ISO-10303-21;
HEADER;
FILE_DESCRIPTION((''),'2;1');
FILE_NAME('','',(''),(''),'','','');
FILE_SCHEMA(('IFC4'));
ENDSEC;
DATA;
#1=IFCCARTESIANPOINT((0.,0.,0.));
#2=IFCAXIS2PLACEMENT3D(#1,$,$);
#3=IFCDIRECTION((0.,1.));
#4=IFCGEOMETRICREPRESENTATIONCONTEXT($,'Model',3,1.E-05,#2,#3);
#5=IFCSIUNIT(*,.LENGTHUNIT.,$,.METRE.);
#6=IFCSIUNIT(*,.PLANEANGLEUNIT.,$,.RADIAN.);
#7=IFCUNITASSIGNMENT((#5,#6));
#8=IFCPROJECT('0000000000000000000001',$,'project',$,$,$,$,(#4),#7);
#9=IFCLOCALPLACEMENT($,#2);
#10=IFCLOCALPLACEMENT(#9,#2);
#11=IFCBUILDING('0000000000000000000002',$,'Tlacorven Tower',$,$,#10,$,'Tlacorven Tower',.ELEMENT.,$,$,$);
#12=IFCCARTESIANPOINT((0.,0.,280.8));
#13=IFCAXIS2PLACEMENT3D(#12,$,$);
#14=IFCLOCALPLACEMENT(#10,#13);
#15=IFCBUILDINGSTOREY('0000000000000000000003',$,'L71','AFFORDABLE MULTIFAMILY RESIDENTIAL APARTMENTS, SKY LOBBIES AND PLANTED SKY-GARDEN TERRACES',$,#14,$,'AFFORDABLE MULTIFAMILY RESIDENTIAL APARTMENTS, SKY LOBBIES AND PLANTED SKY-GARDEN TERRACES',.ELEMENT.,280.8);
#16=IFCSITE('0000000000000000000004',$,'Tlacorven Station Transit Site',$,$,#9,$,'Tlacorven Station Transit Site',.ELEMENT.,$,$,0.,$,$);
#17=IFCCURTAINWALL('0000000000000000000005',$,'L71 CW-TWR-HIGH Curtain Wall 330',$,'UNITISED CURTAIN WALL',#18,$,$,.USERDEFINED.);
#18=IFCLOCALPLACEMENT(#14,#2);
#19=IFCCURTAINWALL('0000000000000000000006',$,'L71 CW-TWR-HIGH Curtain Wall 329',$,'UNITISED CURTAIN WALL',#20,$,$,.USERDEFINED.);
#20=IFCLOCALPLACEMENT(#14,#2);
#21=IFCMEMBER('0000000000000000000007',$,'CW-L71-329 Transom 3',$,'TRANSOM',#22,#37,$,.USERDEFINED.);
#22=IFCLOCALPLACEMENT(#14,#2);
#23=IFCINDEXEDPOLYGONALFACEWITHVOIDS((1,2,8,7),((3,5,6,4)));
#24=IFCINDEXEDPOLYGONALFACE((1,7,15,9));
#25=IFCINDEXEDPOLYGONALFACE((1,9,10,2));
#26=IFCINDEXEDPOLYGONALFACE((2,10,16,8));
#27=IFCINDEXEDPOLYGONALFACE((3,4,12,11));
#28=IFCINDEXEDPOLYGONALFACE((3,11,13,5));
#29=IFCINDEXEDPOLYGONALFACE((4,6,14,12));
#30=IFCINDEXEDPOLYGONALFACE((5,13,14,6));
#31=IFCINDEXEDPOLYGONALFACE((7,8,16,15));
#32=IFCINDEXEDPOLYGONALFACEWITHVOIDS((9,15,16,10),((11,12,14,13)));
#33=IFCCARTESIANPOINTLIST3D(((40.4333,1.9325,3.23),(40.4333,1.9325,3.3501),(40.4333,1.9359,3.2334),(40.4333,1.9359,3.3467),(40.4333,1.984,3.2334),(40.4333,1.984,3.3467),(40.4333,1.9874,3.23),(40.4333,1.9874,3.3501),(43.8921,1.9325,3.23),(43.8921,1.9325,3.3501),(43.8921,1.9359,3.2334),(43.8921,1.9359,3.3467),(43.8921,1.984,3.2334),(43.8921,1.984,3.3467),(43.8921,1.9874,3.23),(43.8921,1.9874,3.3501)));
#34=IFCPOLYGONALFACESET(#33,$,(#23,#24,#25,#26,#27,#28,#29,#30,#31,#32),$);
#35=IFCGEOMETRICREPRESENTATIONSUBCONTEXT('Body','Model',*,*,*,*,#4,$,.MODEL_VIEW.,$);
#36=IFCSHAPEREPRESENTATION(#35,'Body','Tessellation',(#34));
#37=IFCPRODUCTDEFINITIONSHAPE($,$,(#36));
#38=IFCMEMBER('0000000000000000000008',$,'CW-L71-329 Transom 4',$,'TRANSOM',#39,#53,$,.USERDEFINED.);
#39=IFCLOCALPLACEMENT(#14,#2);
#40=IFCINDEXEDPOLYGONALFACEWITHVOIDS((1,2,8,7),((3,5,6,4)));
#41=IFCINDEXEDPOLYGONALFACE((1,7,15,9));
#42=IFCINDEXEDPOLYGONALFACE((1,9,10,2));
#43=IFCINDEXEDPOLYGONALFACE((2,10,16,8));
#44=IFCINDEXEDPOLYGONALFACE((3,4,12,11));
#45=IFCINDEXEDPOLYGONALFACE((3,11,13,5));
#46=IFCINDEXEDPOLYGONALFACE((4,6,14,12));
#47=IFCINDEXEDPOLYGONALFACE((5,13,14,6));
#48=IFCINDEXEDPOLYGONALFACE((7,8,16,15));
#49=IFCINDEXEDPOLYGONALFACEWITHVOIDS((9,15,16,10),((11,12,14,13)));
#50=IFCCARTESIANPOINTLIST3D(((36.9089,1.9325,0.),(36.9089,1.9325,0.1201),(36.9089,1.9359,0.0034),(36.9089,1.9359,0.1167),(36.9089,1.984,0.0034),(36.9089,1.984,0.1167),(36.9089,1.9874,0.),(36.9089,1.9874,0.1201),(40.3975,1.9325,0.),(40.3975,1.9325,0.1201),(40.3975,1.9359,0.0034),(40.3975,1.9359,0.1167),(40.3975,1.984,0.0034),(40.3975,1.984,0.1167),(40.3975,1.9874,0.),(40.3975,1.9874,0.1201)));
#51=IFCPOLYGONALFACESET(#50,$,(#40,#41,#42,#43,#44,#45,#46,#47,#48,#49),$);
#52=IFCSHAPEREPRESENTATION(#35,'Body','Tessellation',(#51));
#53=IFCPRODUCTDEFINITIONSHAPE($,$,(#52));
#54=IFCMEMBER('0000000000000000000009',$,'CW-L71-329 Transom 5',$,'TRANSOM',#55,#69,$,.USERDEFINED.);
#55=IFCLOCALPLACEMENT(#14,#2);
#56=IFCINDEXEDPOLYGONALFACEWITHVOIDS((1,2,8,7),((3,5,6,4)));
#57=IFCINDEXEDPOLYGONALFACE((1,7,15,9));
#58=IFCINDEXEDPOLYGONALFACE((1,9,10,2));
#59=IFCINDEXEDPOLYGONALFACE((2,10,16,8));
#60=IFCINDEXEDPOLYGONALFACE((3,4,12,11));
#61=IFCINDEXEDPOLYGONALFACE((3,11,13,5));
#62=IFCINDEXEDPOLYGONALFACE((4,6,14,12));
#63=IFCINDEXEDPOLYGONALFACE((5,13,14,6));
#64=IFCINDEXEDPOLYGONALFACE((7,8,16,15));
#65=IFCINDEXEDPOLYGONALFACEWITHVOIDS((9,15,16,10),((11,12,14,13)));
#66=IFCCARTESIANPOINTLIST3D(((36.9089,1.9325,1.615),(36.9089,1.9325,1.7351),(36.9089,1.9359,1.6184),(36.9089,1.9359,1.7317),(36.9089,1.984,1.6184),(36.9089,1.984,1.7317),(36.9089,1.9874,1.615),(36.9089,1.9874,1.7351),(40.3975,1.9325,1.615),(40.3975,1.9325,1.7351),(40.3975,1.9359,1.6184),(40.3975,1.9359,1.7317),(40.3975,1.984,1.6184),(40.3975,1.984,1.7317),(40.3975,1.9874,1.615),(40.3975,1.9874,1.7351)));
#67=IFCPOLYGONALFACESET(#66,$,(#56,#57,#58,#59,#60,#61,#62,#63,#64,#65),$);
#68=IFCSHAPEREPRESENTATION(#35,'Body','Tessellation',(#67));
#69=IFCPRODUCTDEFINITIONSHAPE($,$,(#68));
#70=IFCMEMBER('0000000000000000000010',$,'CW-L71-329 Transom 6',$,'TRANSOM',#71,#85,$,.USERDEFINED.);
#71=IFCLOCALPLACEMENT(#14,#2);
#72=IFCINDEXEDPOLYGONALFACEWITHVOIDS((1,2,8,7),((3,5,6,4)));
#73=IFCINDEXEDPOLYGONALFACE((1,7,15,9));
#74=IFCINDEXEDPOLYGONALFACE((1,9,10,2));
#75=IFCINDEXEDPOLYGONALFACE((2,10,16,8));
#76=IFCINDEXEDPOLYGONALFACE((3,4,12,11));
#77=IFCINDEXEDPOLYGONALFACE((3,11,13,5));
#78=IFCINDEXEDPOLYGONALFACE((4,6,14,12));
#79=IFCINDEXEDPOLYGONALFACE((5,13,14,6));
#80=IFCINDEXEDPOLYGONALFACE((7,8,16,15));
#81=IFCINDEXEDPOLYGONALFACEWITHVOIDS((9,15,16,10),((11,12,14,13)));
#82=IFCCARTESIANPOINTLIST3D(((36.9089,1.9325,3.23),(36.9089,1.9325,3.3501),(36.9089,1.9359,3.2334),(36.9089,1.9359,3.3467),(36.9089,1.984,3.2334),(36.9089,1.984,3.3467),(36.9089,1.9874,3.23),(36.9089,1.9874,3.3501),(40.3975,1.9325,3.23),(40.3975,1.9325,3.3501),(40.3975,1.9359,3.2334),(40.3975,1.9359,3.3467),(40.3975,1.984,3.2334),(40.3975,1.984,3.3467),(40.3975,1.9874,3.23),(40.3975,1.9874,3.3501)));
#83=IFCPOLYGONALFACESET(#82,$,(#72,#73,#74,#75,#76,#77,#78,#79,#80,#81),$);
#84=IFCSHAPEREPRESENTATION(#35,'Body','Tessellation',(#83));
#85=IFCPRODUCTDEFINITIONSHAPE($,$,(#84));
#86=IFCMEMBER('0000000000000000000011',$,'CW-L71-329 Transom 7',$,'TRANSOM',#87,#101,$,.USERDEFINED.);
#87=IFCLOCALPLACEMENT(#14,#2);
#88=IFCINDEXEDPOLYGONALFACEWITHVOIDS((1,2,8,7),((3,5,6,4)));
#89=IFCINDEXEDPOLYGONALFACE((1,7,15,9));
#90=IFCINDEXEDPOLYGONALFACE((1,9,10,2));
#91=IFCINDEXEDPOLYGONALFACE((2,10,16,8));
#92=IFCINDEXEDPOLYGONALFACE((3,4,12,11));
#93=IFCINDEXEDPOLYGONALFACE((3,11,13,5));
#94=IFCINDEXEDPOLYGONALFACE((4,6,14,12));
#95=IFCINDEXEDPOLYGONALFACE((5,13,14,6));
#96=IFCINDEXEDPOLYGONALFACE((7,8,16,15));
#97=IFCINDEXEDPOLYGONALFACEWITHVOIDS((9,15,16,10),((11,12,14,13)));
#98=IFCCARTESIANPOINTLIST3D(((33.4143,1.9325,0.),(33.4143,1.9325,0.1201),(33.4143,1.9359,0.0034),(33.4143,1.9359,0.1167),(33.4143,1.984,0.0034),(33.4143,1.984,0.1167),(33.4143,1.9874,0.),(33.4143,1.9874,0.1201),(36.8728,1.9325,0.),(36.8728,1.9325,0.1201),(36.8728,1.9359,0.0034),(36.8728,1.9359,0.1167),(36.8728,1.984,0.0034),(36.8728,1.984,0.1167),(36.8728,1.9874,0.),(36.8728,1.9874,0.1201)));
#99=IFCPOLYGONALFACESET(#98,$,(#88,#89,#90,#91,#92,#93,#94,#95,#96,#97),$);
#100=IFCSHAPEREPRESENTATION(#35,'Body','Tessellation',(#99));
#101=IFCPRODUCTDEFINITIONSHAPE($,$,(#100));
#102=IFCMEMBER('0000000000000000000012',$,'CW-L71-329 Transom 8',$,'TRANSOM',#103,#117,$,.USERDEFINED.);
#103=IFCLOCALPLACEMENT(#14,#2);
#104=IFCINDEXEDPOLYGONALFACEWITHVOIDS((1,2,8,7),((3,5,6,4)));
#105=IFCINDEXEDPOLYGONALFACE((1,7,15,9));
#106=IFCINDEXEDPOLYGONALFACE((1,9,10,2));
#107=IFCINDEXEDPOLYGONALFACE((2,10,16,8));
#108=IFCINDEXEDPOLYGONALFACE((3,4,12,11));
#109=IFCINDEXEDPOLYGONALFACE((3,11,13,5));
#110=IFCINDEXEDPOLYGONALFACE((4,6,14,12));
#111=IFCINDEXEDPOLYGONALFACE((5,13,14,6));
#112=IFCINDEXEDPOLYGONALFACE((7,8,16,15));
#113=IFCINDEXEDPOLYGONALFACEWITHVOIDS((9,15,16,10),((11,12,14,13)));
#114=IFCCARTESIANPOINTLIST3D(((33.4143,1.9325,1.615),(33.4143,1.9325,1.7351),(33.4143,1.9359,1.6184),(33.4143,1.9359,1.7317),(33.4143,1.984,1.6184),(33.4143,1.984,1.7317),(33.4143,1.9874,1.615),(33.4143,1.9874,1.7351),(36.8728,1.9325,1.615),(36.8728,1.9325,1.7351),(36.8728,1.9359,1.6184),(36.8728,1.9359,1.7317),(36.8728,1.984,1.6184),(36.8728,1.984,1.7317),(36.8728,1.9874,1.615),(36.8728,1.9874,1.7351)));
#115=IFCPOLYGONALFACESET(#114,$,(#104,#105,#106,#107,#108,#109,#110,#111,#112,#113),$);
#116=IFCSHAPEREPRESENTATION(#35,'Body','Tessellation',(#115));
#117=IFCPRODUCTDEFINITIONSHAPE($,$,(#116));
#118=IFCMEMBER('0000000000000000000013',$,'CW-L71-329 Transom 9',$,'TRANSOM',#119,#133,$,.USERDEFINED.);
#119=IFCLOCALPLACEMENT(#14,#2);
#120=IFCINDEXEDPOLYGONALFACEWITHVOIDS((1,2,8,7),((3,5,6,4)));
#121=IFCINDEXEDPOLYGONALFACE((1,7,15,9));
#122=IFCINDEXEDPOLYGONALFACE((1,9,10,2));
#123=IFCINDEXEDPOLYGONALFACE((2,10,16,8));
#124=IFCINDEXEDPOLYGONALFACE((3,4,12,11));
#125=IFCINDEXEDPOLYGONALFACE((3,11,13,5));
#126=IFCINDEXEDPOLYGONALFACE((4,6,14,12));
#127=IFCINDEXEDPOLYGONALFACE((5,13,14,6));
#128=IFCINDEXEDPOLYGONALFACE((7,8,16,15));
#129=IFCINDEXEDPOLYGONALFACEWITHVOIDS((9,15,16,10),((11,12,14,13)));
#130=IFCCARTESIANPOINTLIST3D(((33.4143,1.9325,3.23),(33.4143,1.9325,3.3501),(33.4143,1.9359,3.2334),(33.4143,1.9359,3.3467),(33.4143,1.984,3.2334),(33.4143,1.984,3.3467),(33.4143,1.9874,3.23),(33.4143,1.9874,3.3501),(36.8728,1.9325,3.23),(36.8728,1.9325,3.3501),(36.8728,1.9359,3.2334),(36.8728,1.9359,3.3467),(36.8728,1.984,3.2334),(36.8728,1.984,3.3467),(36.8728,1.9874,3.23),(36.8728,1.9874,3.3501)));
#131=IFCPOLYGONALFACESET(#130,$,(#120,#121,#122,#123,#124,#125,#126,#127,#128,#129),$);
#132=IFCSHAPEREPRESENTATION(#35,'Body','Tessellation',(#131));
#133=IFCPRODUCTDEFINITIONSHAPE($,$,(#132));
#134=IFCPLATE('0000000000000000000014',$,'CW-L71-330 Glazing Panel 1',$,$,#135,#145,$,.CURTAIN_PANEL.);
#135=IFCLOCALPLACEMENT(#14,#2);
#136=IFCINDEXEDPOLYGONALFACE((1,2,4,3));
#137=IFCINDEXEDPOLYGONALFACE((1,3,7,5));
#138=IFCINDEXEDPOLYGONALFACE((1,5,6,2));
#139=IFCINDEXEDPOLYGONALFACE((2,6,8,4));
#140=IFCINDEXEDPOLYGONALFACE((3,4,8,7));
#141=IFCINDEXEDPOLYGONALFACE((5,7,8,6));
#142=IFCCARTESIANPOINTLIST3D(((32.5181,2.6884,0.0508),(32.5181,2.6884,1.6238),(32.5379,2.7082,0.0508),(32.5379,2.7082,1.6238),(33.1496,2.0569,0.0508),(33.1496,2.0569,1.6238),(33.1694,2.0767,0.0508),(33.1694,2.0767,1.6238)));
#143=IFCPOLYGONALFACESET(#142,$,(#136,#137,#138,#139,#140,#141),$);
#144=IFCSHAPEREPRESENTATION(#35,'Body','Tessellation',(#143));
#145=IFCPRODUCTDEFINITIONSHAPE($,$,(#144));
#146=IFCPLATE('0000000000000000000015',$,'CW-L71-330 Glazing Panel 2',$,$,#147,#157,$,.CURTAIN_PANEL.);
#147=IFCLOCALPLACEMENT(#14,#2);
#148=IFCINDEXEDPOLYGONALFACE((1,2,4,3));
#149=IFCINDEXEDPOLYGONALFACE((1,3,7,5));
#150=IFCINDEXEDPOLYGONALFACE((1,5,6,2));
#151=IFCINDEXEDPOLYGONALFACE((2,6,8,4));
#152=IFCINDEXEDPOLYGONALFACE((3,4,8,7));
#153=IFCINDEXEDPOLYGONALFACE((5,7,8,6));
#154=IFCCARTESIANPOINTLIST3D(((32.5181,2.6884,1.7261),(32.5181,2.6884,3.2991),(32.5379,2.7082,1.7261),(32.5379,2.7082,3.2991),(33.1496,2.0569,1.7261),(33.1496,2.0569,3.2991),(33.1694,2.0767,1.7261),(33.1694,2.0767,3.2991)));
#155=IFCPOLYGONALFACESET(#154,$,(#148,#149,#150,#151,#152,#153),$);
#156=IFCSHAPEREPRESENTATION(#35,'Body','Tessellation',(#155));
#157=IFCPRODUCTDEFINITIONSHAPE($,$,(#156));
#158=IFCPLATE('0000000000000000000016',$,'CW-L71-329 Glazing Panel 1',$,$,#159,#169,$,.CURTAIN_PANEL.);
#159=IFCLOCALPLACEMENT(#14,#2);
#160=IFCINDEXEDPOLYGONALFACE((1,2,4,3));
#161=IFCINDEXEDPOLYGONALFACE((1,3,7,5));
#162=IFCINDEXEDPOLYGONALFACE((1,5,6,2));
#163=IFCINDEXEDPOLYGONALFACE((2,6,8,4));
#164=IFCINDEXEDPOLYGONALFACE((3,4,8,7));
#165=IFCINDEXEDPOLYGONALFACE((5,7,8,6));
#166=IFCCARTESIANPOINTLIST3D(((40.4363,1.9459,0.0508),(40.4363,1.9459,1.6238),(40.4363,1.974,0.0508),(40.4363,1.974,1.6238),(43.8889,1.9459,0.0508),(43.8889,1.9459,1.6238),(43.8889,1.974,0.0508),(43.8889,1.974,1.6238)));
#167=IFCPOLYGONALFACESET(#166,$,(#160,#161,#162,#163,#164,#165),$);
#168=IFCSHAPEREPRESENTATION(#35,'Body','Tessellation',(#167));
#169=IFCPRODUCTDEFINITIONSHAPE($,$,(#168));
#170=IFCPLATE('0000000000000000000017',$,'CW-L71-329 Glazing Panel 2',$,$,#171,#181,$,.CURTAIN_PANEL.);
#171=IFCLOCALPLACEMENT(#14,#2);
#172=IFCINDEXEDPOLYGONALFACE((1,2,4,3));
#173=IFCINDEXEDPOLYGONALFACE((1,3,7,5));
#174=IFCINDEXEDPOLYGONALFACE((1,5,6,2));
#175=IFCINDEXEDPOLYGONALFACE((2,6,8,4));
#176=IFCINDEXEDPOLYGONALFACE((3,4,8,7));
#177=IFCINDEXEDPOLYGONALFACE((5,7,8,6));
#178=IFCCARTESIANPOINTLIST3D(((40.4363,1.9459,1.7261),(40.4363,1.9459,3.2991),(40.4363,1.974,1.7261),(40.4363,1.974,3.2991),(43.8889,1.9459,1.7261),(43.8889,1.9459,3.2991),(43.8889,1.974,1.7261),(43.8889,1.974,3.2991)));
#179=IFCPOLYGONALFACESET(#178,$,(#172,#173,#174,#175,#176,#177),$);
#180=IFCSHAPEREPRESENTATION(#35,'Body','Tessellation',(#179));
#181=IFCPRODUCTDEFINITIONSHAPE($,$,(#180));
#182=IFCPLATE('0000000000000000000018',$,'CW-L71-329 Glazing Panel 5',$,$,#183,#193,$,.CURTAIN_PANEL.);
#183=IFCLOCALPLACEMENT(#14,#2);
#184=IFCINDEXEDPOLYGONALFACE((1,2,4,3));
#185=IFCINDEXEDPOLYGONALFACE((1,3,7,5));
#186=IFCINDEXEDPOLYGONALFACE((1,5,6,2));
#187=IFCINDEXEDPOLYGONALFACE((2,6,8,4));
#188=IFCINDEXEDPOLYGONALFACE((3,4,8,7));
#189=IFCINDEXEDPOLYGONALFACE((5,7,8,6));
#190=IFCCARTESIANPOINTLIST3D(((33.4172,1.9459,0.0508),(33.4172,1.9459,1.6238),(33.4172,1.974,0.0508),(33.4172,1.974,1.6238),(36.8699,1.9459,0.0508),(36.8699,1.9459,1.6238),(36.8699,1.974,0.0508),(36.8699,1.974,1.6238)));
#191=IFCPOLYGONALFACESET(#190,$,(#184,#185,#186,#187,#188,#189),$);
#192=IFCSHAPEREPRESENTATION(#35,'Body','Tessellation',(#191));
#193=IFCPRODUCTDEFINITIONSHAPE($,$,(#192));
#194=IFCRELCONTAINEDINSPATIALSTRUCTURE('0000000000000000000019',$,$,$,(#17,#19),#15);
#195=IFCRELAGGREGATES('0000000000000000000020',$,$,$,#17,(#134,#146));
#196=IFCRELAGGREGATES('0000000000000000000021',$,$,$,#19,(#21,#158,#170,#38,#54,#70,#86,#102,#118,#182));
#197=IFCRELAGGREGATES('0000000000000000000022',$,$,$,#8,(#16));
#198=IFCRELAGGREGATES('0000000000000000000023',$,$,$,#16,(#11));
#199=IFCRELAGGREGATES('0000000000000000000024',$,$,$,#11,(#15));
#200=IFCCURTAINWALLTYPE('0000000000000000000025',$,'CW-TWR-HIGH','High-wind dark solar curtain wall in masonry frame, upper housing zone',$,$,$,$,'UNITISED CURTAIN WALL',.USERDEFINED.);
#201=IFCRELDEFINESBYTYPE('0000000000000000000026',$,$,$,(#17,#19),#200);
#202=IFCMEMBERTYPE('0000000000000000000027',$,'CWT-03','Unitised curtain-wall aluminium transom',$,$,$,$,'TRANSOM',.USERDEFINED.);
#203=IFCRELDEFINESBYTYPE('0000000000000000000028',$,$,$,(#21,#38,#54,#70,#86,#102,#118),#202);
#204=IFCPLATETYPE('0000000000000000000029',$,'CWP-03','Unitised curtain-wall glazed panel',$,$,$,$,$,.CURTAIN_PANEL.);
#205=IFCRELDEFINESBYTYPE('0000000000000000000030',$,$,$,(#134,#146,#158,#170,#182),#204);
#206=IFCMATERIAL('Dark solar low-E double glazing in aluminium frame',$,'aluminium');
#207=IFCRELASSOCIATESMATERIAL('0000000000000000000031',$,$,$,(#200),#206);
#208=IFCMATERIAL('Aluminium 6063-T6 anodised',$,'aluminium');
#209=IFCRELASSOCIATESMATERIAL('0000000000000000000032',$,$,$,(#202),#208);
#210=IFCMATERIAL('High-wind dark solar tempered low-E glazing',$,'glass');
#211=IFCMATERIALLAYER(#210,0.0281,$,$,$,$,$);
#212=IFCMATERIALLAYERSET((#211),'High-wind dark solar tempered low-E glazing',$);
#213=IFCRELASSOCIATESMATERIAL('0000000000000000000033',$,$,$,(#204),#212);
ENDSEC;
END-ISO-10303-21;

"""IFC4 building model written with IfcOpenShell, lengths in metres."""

from ifc_helpers import new_model, si_unit, direction, frame, origin, origin_2d, place, context, subcontext, project, spatial, rectangle, hollow_rectangle, extrude, source, transform, mapped, material, layer, layer_set, material_profile, profile_set, type_object, element, aggregate, save


model = new_model("IFC4")

# Units and contexts
model_context = context("Model", 3, precision=1e-05, world=origin(), true_north=direction((0.0, 1.0)))
body_context = subcontext(model_context, "Body", "Model", "MODEL_VIEW")
ifc_project = project(units=[si_unit("LENGTHUNIT", "METRE"), si_unit("PLANEANGLEUNIT", "RADIAN")], contexts=[model_context])

# Site, building, storey
site_placement = place(None, origin())
site = spatial("IfcSite", under=ifc_project, at=site_placement, Name="Tlacorven Station Transit Site", LongName="Tlacorven Station Transit Site", CompositionType="ELEMENT", RefElevation=0.0)
building_placement = place(site_placement, origin())
building = spatial("IfcBuilding", under=site, at=building_placement, Name="Tlacorven Tower", LongName="Tlacorven Tower", CompositionType="ELEMENT")
storey_placement = place(building_placement, frame((0.0, 0.0, 280.8)))
storey = spatial("IfcBuildingStorey", under=building, at=storey_placement, Name="L71", Description="AFFORDABLE MULTIFAMILY RESIDENTIAL APARTMENTS, SKY LOBBIES AND PLANTED SKY-GARDEN TERRACES", LongName="AFFORDABLE MULTIFAMILY RESIDENTIAL APARTMENTS, SKY LOBBIES AND PLANTED SKY-GARDEN TERRACES", CompositionType="ELEMENT", Elevation=280.8)

# Curtain walls
ifc_material_1 = material(Name="Dark solar low-E double glazing in aluminium frame", Category="aluminium")
curtain_wall_type = type_object("IfcCurtainWallType", Name="CW-TWR-HIGH", Description="High-wind dark solar curtain wall in masonry frame, upper housing zone", ElementType="UNITISED CURTAIN WALL", PredefinedType="USERDEFINED", material=ifc_material_1)
curtain_wall_1_placement = place(storey_placement, origin())
curtain_wall_1 = element("IfcCurtainWall", 1, at=curtain_wall_1_placement, inside=storey, type_object=curtain_wall_type, Name="L71 CW-TWR-HIGH Curtain Wall 330", ObjectType="UNITISED CURTAIN WALL", PredefinedType="USERDEFINED")
ifc_material_2 = material(Name="Aluminium 6063-T6 anodised", Category="aluminium")
ifc_material_profile_1 = material_profile(ifc_material_2, hollow_rectangle(XDim=0.0549, YDim=0.1201, WallThickness=0.0034, at=origin_2d()), Name="ALU TRANSOM 55X120")
ifc_profile_set_1 = profile_set([ifc_material_profile_1], Name="Aluminium 6063-T6 anodised")
member_type_1 = type_object("IfcMemberType", Name="CWT-03", Description="Unitised curtain-wall aluminium transom", ElementType="TRANSOM", PredefinedType="USERDEFINED", material=ifc_profile_set_1)
curtain_wall_2_placement = place(storey_placement, origin())
curtain_wall_2 = element("IfcCurtainWall", 2, at=curtain_wall_2_placement, inside=storey, type_object=curtain_wall_type, Name="L71 CW-TWR-HIGH Curtain Wall 329", ObjectType="UNITISED CURTAIN WALL", PredefinedType="USERDEFINED")

# Members
shared_shape_1 = source(origin(), body_context, "Body", "SweptSolid", [
    extrude(hollow_rectangle(XDim=0.0549, YDim=0.1201, WallThickness=0.0034, at=origin_2d()), origin(), (0.0, 0.0, 1.0), 3.4587),
])
member_1_placement = place(storey_placement, frame((43.8921, 1.96, 3.29), z_axis=(-1.0, 0.0, 0.0), x_axis=(0.0, -1.0, 0.0)))
member_1 = element("IfcMember", 3, at=member_1_placement, type_object=member_type_1, Name="CW-L71-329 Transom 3", ObjectType="TRANSOM", PredefinedType="USERDEFINED", context=body_context, shape_type="MappedRepresentation", body=[
    mapped(shared_shape_1, transform((0.0, 0.0, 0.0), scale=1.0)),
])
shared_shape_2 = source(origin(), body_context, "Body", "SweptSolid", [
    extrude(hollow_rectangle(XDim=0.0549, YDim=0.1201, WallThickness=0.0034, at=origin_2d()), origin(), (0.0, 0.0, 1.0), 3.4885),
])
member_2_placement = place(storey_placement, frame((40.3975, 1.96, 0.0601), z_axis=(-1.0, 0.0, 0.0), x_axis=(0.0, -1.0, 0.0)))
member_2 = element("IfcMember", 4, at=member_2_placement, type_object=member_type_1, Name="CW-L71-329 Transom 4", ObjectType="TRANSOM", PredefinedType="USERDEFINED", context=body_context, shape_type="MappedRepresentation", body=[
    mapped(shared_shape_2, transform((0.0, 0.0, 0.0), scale=1.0)),
])
member_3_placement = place(storey_placement, frame((40.3975, 1.96, 1.675), z_axis=(-1.0, 0.0, 0.0), x_axis=(0.0, -1.0, 0.0)))
member_3 = element("IfcMember", 5, at=member_3_placement, type_object=member_type_1, Name="CW-L71-329 Transom 5", ObjectType="TRANSOM", PredefinedType="USERDEFINED", context=body_context, shape_type="MappedRepresentation", body=[
    mapped(shared_shape_2, transform((0.0, 0.0, 0.0), scale=1.0)),
])
member_4_placement = place(storey_placement, frame((40.3975, 1.96, 3.29), z_axis=(-1.0, 0.0, 0.0), x_axis=(0.0, -1.0, 0.0)))
member_4 = element("IfcMember", 6, at=member_4_placement, type_object=member_type_1, Name="CW-L71-329 Transom 6", ObjectType="TRANSOM", PredefinedType="USERDEFINED", context=body_context, shape_type="MappedRepresentation", body=[
    mapped(shared_shape_2, transform((0.0, 0.0, 0.0), scale=1.0)),
])
shared_shape_3 = source(origin(), body_context, "Body", "SweptSolid", [
    extrude(hollow_rectangle(XDim=0.0549, YDim=0.1201, WallThickness=0.0034, at=origin_2d()), origin(), (0.0, 0.0, 1.0), 3.4585),
])
member_5_placement = place(storey_placement, frame((36.8728, 1.96, 0.0601), z_axis=(-1.0, 0.0, 0.0), x_axis=(0.0, -1.0, 0.0)))
member_5 = element("IfcMember", 7, at=member_5_placement, type_object=member_type_1, Name="CW-L71-329 Transom 7", ObjectType="TRANSOM", PredefinedType="USERDEFINED", context=body_context, shape_type="MappedRepresentation", body=[
    mapped(shared_shape_3, transform((0.0, 0.0, 0.0), scale=1.0)),
])
member_6_placement = place(storey_placement, frame((36.8728, 1.96, 1.675), z_axis=(-1.0, 0.0, 0.0), x_axis=(0.0, -1.0, 0.0)))
member_6 = element("IfcMember", 8, at=member_6_placement, type_object=member_type_1, Name="CW-L71-329 Transom 8", ObjectType="TRANSOM", PredefinedType="USERDEFINED", context=body_context, shape_type="MappedRepresentation", body=[
    mapped(shared_shape_3, transform((0.0, 0.0, 0.0), scale=1.0)),
])
member_7_placement = place(storey_placement, frame((36.8728, 1.96, 3.29), z_axis=(-1.0, 0.0, 0.0), x_axis=(0.0, -1.0, 0.0)))
member_7 = element("IfcMember", 9, at=member_7_placement, type_object=member_type_1, Name="CW-L71-329 Transom 9", ObjectType="TRANSOM", PredefinedType="USERDEFINED", context=body_context, shape_type="MappedRepresentation", body=[
    mapped(shared_shape_3, transform((0.0, 0.0, 0.0), scale=1.0)),
])

# Plates
ifc_material_3 = material(Name="High-wind dark solar tempered low-E glazing", Category="glass")
ifc_layer_1 = layer(ifc_material_3, 0.0281)
ifc_layer_set_1 = layer_set([ifc_layer_1], Name="High-wind dark solar tempered low-E glazing")
plate_type = type_object("IfcPlateType", Name="CWP-03", Description="Unitised curtain-wall glazed panel", PredefinedType="CURTAIN_PANEL", material=ifc_layer_set_1)
shared_shape_4 = source(origin(), body_context, "Body", "SweptSolid", [
    extrude(rectangle(XDim=0.8931, YDim=0.0281, at=origin_2d()), origin(), (0.0, 0.0, 1.0), 1.573),
])
plate_1_placement = place(storey_placement, frame((32.8438, 2.3826, 0.0508), z_axis=(0.0, 0.0, 1.0), x_axis=(-0.707107, 0.707107, 0.0)))
plate_1 = element("IfcPlate", 10, at=plate_1_placement, type_object=plate_type, Name="CW-L71-330 Glazing Panel 1", PredefinedType="CURTAIN_PANEL", context=body_context, shape_type="MappedRepresentation", body=[
    mapped(shared_shape_4, transform((0.0, 0.0, 0.0), scale=1.0)),
])
plate_2_placement = place(storey_placement, frame((32.8438, 2.3826, 1.7261), z_axis=(0.0, 0.0, 1.0), x_axis=(-0.707107, 0.707107, 0.0)))
plate_2 = element("IfcPlate", 11, at=plate_2_placement, type_object=plate_type, Name="CW-L71-330 Glazing Panel 2", PredefinedType="CURTAIN_PANEL", context=body_context, shape_type="MappedRepresentation", body=[
    mapped(shared_shape_4, transform((0.0, 0.0, 0.0), scale=1.0)),
])
aggregate(curtain_wall_1, [plate_1, plate_2])
shared_shape_5 = source(origin(), body_context, "Body", "SweptSolid", [
    extrude(rectangle(XDim=3.4526, YDim=0.0281, at=origin_2d()), origin(), (0.0, 0.0, 1.0), 1.573),
])
plate_3_placement = place(storey_placement, frame((42.1626, 1.96, 0.0508), z_axis=(0.0, 0.0, 1.0), x_axis=(-1.0, 0.0, 0.0)))
plate_3 = element("IfcPlate", 12, at=plate_3_placement, type_object=plate_type, Name="CW-L71-329 Glazing Panel 1", PredefinedType="CURTAIN_PANEL", context=body_context, shape_type="MappedRepresentation", body=[
    mapped(shared_shape_5, transform((0.0, 0.0, 0.0), scale=1.0)),
])
plate_4_placement = place(storey_placement, frame((42.1626, 1.96, 1.7261), z_axis=(0.0, 0.0, 1.0), x_axis=(-1.0, 0.0, 0.0)))
plate_4 = element("IfcPlate", 13, at=plate_4_placement, type_object=plate_type, Name="CW-L71-329 Glazing Panel 2", PredefinedType="CURTAIN_PANEL", context=body_context, shape_type="MappedRepresentation", body=[
    mapped(shared_shape_5, transform((0.0, 0.0, 0.0), scale=1.0)),
])
plate_5_placement = place(storey_placement, frame((35.1436, 1.96, 0.0508), z_axis=(0.0, 0.0, 1.0), x_axis=(-1.0, 0.0, 0.0)))
plate_5 = element("IfcPlate", 14, at=plate_5_placement, type_object=plate_type, Name="CW-L71-329 Glazing Panel 5", PredefinedType="CURTAIN_PANEL", context=body_context, shape_type="MappedRepresentation", body=[
    mapped(shared_shape_5, transform((0.0, 0.0, 0.0), scale=1.0)),
])
aggregate(curtain_wall_2, [member_1, plate_3, plate_4, member_2, member_3, member_4, member_5, member_6, member_7, plate_5])

save(model, "model.ifc")
